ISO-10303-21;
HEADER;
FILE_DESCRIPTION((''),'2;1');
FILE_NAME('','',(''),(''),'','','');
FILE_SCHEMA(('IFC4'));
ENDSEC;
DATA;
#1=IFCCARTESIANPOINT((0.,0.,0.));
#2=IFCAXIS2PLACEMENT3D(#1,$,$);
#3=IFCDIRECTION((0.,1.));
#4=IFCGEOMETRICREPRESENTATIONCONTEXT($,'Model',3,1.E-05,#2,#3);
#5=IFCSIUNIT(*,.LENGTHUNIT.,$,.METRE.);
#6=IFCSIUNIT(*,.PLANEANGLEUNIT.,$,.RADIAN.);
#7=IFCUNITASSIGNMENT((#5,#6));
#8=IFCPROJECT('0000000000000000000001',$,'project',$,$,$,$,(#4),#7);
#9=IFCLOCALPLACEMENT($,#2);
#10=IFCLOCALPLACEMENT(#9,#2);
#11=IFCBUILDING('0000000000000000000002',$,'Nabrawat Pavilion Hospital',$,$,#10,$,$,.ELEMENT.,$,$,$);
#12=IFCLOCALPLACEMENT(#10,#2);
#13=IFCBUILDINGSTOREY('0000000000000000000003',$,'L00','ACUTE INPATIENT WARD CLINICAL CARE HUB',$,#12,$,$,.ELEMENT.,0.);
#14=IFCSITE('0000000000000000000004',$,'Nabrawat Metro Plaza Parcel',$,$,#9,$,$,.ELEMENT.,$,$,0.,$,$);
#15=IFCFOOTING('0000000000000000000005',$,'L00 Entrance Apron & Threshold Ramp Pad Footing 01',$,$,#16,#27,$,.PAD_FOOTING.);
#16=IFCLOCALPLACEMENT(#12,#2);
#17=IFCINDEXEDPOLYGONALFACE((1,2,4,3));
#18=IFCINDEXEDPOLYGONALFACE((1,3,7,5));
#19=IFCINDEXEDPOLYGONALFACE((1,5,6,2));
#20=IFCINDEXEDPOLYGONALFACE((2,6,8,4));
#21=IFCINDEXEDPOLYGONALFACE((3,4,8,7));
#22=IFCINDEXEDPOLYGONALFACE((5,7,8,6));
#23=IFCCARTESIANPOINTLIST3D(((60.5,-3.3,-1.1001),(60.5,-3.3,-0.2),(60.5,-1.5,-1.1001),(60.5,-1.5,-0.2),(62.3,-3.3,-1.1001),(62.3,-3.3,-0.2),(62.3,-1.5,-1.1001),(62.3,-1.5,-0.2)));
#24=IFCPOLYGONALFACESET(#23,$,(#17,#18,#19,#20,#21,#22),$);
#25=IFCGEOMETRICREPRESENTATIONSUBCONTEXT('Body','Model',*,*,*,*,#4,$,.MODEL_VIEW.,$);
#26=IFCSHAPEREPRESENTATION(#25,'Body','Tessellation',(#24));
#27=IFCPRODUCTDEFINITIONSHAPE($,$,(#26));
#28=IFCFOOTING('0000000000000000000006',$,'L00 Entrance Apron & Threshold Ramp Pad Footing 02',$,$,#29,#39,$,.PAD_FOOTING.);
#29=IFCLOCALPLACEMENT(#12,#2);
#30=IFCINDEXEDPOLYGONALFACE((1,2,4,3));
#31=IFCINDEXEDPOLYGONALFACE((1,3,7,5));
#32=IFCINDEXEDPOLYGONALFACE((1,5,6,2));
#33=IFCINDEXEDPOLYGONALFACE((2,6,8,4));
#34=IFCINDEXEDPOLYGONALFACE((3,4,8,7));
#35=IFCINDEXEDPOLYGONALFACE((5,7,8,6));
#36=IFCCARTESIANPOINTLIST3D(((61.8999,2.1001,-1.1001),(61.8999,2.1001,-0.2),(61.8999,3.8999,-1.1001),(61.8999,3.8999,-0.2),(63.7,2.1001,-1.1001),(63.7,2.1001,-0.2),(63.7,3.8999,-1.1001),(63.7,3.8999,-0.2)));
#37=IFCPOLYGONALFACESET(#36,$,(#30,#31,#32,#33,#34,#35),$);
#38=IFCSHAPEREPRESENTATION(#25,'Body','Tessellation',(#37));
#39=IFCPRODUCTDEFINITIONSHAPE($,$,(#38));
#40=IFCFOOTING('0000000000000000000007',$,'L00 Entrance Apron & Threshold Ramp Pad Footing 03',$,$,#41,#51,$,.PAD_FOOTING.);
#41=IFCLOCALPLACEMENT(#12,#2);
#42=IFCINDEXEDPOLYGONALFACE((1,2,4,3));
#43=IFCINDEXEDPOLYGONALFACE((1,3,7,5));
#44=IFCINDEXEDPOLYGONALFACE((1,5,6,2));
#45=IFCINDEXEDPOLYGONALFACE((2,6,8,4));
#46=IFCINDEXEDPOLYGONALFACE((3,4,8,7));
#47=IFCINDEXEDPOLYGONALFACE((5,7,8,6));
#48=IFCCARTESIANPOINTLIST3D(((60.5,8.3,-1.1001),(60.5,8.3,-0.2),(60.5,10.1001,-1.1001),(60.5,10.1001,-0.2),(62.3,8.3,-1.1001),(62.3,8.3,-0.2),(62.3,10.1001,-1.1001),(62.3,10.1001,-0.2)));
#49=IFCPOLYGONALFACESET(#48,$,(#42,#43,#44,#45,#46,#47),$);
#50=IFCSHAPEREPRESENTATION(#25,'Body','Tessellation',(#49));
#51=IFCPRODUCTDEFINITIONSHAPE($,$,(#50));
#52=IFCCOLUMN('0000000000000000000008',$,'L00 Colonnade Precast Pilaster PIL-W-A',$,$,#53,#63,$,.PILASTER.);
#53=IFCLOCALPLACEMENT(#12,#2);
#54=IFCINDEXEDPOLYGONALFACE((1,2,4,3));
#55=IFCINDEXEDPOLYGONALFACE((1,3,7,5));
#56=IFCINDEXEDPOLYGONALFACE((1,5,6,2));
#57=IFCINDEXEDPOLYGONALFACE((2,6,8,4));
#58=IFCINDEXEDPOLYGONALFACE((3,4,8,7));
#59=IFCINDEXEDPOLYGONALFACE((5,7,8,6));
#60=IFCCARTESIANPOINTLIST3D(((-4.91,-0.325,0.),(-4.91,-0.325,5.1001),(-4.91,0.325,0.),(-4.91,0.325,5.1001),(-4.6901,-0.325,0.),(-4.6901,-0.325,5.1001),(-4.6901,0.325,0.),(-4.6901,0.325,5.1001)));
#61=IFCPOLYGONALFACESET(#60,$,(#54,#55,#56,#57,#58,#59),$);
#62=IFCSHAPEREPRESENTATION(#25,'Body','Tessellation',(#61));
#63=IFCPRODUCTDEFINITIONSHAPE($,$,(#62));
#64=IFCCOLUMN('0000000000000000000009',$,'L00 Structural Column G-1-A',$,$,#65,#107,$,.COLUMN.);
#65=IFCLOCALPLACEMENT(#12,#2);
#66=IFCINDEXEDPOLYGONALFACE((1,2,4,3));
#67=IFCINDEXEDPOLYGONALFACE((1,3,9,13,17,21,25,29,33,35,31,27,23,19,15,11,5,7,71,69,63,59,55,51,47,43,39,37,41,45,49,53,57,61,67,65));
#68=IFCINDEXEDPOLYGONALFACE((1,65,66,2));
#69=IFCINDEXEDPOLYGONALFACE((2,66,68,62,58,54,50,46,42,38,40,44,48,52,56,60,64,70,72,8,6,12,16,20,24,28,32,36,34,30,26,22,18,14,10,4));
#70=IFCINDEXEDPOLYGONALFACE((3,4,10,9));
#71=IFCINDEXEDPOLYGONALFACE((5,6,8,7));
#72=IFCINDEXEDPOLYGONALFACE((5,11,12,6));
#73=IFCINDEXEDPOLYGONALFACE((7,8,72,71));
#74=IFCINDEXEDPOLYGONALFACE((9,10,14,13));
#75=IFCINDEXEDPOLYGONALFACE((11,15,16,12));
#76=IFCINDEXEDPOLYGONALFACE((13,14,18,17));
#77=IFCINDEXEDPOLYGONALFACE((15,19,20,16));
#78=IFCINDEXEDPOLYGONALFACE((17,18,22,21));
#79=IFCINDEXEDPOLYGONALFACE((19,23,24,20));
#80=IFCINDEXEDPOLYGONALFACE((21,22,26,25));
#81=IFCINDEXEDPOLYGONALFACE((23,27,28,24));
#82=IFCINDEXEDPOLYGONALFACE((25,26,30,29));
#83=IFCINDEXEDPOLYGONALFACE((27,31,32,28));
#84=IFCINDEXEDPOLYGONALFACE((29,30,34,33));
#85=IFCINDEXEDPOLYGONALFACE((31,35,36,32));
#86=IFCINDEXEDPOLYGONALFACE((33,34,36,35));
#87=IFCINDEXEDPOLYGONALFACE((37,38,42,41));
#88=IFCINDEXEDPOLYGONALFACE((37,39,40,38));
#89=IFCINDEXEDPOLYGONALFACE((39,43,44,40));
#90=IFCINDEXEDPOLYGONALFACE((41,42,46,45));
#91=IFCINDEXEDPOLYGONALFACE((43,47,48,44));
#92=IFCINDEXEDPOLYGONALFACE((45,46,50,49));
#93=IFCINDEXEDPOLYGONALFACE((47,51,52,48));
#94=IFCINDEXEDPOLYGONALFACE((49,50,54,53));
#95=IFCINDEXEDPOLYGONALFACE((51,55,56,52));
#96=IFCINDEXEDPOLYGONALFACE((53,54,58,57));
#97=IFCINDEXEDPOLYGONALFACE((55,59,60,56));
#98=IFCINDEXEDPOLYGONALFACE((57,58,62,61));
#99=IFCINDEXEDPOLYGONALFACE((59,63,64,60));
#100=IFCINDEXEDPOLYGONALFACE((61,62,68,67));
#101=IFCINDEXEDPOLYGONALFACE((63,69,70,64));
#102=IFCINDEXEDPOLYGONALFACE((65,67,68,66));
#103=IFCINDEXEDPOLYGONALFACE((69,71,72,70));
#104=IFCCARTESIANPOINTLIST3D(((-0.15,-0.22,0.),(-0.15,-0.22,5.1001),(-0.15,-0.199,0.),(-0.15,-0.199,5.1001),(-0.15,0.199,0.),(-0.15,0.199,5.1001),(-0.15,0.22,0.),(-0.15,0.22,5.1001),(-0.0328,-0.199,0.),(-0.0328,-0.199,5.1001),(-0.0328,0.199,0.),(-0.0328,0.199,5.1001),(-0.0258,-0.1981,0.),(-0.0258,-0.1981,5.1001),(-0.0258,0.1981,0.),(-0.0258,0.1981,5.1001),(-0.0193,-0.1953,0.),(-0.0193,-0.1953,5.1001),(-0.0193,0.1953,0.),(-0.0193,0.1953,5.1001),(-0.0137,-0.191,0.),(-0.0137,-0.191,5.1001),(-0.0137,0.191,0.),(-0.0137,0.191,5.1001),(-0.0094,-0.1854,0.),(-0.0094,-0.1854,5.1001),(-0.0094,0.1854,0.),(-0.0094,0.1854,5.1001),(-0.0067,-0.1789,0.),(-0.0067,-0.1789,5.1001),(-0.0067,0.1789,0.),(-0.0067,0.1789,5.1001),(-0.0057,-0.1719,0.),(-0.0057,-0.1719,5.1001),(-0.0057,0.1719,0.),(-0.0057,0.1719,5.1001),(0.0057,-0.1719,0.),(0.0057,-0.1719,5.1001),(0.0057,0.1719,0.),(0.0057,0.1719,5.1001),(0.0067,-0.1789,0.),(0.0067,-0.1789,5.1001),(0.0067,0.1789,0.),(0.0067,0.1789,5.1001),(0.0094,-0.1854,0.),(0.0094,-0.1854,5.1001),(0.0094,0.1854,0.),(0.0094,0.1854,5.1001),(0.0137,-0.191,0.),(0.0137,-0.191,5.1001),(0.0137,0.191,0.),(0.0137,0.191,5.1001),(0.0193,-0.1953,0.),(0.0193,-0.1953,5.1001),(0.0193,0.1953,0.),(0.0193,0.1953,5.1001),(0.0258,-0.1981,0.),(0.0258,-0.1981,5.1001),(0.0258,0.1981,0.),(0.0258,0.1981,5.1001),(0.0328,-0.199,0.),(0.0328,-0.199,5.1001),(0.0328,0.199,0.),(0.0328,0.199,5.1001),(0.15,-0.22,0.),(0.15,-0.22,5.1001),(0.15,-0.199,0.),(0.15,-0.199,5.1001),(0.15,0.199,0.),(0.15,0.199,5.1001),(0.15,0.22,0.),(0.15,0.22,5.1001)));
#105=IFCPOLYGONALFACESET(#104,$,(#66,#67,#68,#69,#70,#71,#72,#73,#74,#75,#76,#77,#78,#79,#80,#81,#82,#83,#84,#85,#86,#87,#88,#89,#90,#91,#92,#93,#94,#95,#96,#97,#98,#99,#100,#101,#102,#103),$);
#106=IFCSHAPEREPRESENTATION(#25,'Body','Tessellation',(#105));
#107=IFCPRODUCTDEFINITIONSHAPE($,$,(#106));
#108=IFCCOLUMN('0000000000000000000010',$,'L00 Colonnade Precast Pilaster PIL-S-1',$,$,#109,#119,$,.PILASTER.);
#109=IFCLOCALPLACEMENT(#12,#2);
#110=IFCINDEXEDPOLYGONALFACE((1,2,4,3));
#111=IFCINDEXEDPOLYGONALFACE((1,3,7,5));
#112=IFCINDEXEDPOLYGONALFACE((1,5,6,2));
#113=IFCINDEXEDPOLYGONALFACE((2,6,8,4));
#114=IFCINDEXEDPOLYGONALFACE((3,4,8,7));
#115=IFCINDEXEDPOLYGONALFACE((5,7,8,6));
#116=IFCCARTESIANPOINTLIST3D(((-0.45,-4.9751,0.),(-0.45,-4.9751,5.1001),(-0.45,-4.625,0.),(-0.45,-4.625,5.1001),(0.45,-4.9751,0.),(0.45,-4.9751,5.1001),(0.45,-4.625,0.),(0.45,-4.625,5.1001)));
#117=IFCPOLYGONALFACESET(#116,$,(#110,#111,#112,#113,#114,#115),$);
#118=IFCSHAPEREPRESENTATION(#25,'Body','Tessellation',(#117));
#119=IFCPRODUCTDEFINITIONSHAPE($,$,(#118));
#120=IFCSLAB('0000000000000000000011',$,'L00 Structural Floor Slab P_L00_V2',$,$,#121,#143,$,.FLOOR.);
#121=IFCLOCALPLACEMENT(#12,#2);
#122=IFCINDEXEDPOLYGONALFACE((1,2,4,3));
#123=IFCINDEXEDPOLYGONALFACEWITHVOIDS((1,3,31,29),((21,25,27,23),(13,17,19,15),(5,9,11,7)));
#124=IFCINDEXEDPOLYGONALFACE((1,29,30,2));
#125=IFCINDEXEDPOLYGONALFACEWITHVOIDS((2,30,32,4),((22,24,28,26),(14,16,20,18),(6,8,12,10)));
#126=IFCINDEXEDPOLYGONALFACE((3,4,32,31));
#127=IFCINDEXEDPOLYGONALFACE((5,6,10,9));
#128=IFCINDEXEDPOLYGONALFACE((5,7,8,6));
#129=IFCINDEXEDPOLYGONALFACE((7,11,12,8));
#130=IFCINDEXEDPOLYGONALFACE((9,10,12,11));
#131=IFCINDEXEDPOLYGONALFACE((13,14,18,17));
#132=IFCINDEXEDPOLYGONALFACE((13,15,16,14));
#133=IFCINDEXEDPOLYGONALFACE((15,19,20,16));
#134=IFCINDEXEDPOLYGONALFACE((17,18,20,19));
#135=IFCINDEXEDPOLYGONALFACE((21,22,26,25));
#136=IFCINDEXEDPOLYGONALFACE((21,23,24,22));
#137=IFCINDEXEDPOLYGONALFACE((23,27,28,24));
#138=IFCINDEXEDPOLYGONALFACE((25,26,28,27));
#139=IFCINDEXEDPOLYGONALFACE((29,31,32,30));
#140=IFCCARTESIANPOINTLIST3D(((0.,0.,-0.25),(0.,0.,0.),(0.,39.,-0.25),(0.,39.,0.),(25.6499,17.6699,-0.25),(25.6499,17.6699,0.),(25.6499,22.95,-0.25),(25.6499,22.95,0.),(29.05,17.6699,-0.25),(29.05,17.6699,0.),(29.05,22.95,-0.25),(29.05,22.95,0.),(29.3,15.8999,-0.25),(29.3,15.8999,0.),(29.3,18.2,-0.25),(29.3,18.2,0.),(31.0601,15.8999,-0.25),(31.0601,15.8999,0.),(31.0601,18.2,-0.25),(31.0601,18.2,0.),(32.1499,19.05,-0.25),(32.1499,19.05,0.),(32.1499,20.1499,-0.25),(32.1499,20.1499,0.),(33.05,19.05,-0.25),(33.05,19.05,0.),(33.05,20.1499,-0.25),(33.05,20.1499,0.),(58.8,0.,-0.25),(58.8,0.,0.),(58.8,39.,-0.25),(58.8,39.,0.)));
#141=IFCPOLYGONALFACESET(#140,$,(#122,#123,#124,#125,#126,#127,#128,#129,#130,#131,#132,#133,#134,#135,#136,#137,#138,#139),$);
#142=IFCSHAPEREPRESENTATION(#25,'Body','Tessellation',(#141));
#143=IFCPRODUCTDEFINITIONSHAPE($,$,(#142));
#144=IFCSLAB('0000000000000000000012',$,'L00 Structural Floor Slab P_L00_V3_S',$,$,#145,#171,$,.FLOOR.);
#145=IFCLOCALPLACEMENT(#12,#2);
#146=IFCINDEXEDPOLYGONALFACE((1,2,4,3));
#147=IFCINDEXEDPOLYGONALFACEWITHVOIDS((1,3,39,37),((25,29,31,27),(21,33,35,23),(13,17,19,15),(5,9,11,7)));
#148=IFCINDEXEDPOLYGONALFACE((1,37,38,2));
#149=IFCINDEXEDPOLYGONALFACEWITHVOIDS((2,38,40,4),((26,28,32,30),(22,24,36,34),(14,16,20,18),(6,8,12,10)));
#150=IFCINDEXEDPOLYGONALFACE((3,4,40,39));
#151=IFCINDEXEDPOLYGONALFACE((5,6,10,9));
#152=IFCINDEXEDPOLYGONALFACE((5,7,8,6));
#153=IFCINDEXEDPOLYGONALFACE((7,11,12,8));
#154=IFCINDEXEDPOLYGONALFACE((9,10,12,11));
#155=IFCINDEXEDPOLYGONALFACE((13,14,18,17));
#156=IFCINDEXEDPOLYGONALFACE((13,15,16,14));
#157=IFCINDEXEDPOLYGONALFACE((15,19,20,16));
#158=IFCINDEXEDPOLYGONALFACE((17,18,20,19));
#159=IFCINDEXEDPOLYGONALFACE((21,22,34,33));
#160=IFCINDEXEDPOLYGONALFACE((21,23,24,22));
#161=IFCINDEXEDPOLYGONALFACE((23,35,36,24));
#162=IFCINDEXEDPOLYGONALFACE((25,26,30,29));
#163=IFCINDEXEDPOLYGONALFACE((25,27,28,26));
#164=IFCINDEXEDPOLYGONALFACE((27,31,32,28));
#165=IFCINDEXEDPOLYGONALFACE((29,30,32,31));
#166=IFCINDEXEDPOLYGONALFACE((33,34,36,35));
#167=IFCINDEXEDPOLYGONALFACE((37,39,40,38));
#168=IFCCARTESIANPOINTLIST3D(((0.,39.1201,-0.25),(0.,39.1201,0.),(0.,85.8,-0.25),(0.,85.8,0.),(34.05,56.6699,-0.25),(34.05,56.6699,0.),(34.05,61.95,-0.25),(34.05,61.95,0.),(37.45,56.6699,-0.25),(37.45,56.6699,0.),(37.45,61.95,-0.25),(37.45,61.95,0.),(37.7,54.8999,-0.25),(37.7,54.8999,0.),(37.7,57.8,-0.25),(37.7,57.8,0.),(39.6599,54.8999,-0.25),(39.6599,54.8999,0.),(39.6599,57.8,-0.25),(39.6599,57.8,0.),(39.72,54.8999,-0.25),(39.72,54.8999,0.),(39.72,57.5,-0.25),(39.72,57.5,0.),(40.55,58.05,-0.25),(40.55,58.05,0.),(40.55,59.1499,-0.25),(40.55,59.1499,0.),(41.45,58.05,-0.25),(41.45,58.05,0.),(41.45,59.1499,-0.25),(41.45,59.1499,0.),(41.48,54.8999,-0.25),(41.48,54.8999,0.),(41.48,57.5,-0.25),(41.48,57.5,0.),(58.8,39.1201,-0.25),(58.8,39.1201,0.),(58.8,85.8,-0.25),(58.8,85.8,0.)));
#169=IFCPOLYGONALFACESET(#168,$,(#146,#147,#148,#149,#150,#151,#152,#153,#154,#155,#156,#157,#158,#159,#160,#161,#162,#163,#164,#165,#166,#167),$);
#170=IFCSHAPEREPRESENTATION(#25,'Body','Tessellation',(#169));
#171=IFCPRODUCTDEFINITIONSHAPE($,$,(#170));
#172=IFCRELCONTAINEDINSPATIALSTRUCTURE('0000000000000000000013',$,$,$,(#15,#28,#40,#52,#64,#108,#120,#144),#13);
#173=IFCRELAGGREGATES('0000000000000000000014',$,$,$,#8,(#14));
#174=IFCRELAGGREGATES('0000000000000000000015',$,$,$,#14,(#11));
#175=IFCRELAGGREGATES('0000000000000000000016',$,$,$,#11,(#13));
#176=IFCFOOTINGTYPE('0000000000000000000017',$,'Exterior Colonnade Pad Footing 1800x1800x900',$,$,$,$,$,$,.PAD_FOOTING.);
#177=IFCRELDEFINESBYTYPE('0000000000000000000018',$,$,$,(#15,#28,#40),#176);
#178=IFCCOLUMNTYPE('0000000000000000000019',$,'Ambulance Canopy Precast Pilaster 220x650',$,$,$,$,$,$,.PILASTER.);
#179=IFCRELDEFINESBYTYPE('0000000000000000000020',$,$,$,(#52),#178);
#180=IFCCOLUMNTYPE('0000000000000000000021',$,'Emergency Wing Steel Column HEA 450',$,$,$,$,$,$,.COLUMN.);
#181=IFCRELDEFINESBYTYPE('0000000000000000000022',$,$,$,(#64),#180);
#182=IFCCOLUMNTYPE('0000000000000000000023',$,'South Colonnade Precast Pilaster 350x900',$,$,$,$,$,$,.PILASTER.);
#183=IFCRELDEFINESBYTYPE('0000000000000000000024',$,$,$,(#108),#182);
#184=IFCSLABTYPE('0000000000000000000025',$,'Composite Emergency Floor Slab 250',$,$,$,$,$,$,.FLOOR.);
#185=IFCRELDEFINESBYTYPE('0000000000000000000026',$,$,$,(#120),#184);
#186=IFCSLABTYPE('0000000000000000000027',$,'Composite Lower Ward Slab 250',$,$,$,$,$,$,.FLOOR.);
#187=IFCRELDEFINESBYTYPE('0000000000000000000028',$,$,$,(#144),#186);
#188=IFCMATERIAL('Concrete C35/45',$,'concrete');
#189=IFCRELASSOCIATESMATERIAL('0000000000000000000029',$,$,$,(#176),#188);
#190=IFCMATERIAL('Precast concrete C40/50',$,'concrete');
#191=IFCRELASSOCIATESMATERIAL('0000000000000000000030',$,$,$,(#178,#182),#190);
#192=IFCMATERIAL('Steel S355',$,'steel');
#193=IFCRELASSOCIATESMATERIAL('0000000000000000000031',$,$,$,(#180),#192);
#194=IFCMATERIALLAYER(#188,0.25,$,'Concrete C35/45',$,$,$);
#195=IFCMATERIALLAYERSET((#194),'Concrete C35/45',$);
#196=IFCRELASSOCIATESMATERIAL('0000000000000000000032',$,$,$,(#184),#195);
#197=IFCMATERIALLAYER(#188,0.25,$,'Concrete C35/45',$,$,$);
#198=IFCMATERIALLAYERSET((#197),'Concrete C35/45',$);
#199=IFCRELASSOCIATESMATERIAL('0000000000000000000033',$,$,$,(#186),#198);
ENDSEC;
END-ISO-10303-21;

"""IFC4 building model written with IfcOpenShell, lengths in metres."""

from ifc_helpers import new_model, si_unit, direction, frame, origin, origin_with_axes, origin_2d, place, context, subcontext, project, spatial, polyline, rectangle, i_section, outline, extrude, material, layer, layer_set, material_profile, profile_set, type_object, element, save


model = new_model("IFC4")

# Units and contexts
model_context = context("Model", 3, precision=1e-05, world=origin(), true_north=direction((0.0, 1.0)))
body_context = subcontext(model_context, "Body", "Model", "MODEL_VIEW")
ifc_project = project(units=[si_unit("LENGTHUNIT", "METRE"), si_unit("PLANEANGLEUNIT", "RADIAN")], contexts=[model_context])

# Site, building, storey
site_placement = place(None, origin())
site = spatial("IfcSite", under=ifc_project, at=site_placement, Name="Nabrawat Metro Plaza Parcel", CompositionType="ELEMENT", RefElevation=0.0)
building_placement = place(site_placement, origin())
building = spatial("IfcBuilding", under=site, at=building_placement, Name="Nabrawat Pavilion Hospital", CompositionType="ELEMENT")
storey_placement = place(building_placement, origin())
storey = spatial("IfcBuildingStorey", under=building, at=storey_placement, Name="L00", Description="ACUTE INPATIENT WARD CLINICAL CARE HUB", CompositionType="ELEMENT", Elevation=0.0)

# Footings
ifc_material_1 = material(Name="Concrete C35/45", Category="concrete")
footing_type = type_object("IfcFootingType", Name="Exterior Colonnade Pad Footing 1800x1800x900", PredefinedType="PAD_FOOTING", material=ifc_material_1)
footing_1_placement = place(storey_placement, frame((0.0, 0.0, -1.1001)))
element("IfcFooting", 1, at=footing_1_placement, inside=storey, type_object=footing_type, Name="L00 Entrance Apron & Threshold Ramp Pad Footing 01", PredefinedType="PAD_FOOTING", context=body_context, shape_type="SweptSolid", body=[
    extrude(outline(polyline([(62.3, -3.3), (62.3, -1.5), (60.5, -1.5), (60.5, -3.3), (62.3, -3.3)])), origin(), (0.0, 0.0, 1.0), 0.9001),
])
footing_2_placement = place(storey_placement, frame((0.0, 0.0, -1.1001)))
element("IfcFooting", 2, at=footing_2_placement, inside=storey, type_object=footing_type, Name="L00 Entrance Apron & Threshold Ramp Pad Footing 02", PredefinedType="PAD_FOOTING", context=body_context, shape_type="SweptSolid", body=[
    extrude(outline(polyline([(63.7, 2.1001), (63.7, 3.8999), (61.8999, 3.8999), (61.8999, 2.1001), (63.7, 2.1001)])), origin(), (0.0, 0.0, 1.0), 0.9001),
])
footing_3_placement = place(storey_placement, frame((0.0, 0.0, -1.1001)))
element("IfcFooting", 3, at=footing_3_placement, inside=storey, type_object=footing_type, Name="L00 Entrance Apron & Threshold Ramp Pad Footing 03", PredefinedType="PAD_FOOTING", context=body_context, shape_type="SweptSolid", body=[
    extrude(outline(polyline([(62.3, 8.3), (62.3, 10.1001), (60.5, 10.1001), (60.5, 8.3), (62.3, 8.3)])), origin(), (0.0, 0.0, 1.0), 0.9001),
])

# Columns
ifc_material_2 = material(Name="Precast concrete C40/50", Category="concrete")
ifc_material_profile_1 = material_profile(ifc_material_2, rectangle(XDim=0.22, YDim=0.6499, at=origin_2d()), Name="PC 220x650")
ifc_profile_set_1 = profile_set([ifc_material_profile_1], Name="Precast concrete C40/50")
column_type_1 = type_object("IfcColumnType", Name="Ambulance Canopy Precast Pilaster 220x650", PredefinedType="PILASTER", material=ifc_profile_set_1)
column_1_placement = place(storey_placement, frame((-4.8, 0.0, 0.0), z_axis=(0.0, 0.0, 1.0), x_axis=(1.0, 0.0, 0.0)))
element("IfcColumn", 4, at=column_1_placement, inside=storey, type_object=column_type_1, Name="L00 Colonnade Precast Pilaster PIL-W-A", PredefinedType="PILASTER", context=body_context, shape_type="SweptSolid", body=[
    extrude(rectangle(XDim=0.22, YDim=0.6499, at=origin_2d()), origin(), (0.0, 0.0, 1.0), 5.1001),
])
ifc_material_3 = material(Name="Steel S355", Category="steel")
ifc_material_profile_2 = material_profile(ifc_material_3, i_section(OverallWidth=0.3, OverallDepth=0.4399, WebThickness=0.0115, FlangeThickness=0.021, FilletRadius=0.0271, at=origin_2d()), Name="HEA 450")
ifc_profile_set_2 = profile_set([ifc_material_profile_2], Name="Steel S355")
column_type_2 = type_object("IfcColumnType", Name="Emergency Wing Steel Column HEA 450", PredefinedType="COLUMN", material=ifc_profile_set_2)
column_2_placement = place(storey_placement, origin_with_axes())
element("IfcColumn", 5, at=column_2_placement, inside=storey, type_object=column_type_2, Name="L00 Structural Column G-1-A", PredefinedType="COLUMN", context=body_context, shape_type="SweptSolid", body=[
    extrude(i_section(OverallWidth=0.3, OverallDepth=0.4399, WebThickness=0.0115, FlangeThickness=0.021, FilletRadius=0.0271, at=origin_2d()), origin(), (0.0, 0.0, 1.0), 5.1001),
])
ifc_material_profile_3 = material_profile(ifc_material_2, rectangle(XDim=0.3501, YDim=0.8999, at=origin_2d()), Name="PC 350x900")
ifc_profile_set_3 = profile_set([ifc_material_profile_3], Name="Precast concrete C40/50")
column_type_3 = type_object("IfcColumnType", Name="South Colonnade Precast Pilaster 350x900", PredefinedType="PILASTER", material=ifc_profile_set_3)
column_3_placement = place(storey_placement, frame((0.0, -4.8, 0.0), z_axis=(0.0, 0.0, 1.0), x_axis=(0.0, 1.0, 0.0)))
element("IfcColumn", 6, at=column_3_placement, inside=storey, type_object=column_type_3, Name="L00 Colonnade Precast Pilaster PIL-S-1", PredefinedType="PILASTER", context=body_context, shape_type="SweptSolid", body=[
    extrude(rectangle(XDim=0.3501, YDim=0.8999, at=origin_2d()), origin(), (0.0, 0.0, 1.0), 5.1001),
])

# Slabs
ifc_layer_1 = layer(ifc_material_1, 0.25, Name="Concrete C35/45")
ifc_layer_set_1 = layer_set([ifc_layer_1], Name="Concrete C35/45")
slab_type_1 = type_object("IfcSlabType", Name="Composite Emergency Floor Slab 250", PredefinedType="FLOOR", material=ifc_layer_set_1)
slab_1_placement = place(storey_placement, frame((0.0, 0.0, -0.25)))
element("IfcSlab", 7, at=slab_1_placement, inside=storey, type_object=slab_type_1, Name="L00 Structural Floor Slab P_L00_V2", PredefinedType="FLOOR", context=body_context, shape_type="SweptSolid", body=[
    extrude(outline(polyline([(0.0, 0.0), (58.8, 0.0), (58.8, 39.0), (0.0, 39.0), (0.0, 0.0)]), holes=[polyline([(32.1499, 19.05), (32.1499, 20.1499), (33.05, 20.1499), (33.05, 19.05), (32.1499, 19.05)]), polyline([(31.0601, 18.2), (31.0601, 15.8999), (29.3, 15.8999), (29.3, 18.2), (31.0601, 18.2)]), polyline([(29.05, 17.6699), (25.6499, 17.6699), (25.6499, 22.95), (29.05, 22.95), (29.05, 17.6699)])]), origin(), (0.0, 0.0, 1.0), 0.25),
])
ifc_layer_2 = layer(ifc_material_1, 0.25, Name="Concrete C35/45")
ifc_layer_set_2 = layer_set([ifc_layer_2], Name="Concrete C35/45")
slab_type_2 = type_object("IfcSlabType", Name="Composite Lower Ward Slab 250", PredefinedType="FLOOR", material=ifc_layer_set_2)
slab_2_placement = place(storey_placement, frame((0.0, 0.0, -0.25)))
element("IfcSlab", 8, at=slab_2_placement, inside=storey, type_object=slab_type_2, Name="L00 Structural Floor Slab P_L00_V3_S", PredefinedType="FLOOR", context=body_context, shape_type="SweptSolid", body=[
    extrude(outline(polyline([(0.0, 39.1201), (58.8, 39.1201), (58.8, 85.8), (0.0, 85.8), (0.0, 39.1201)]), holes=[polyline([(39.72, 54.8999), (39.72, 57.5), (41.48, 57.5), (41.48, 54.8999), (39.72, 54.8999)]), polyline([(40.55, 58.05), (40.55, 59.1499), (41.45, 59.1499), (41.45, 58.05), (40.55, 58.05)]), polyline([(37.7, 54.8999), (37.7, 57.8), (39.6599, 57.8), (39.6599, 54.8999), (37.7, 54.8999)]), polyline([(37.45, 56.6699), (34.05, 56.6699), (34.05, 61.95), (37.45, 61.95), (37.45, 56.6699)])]), origin(), (0.0, 0.0, 1.0), 0.25),
])

save(model, "model.ifc")
